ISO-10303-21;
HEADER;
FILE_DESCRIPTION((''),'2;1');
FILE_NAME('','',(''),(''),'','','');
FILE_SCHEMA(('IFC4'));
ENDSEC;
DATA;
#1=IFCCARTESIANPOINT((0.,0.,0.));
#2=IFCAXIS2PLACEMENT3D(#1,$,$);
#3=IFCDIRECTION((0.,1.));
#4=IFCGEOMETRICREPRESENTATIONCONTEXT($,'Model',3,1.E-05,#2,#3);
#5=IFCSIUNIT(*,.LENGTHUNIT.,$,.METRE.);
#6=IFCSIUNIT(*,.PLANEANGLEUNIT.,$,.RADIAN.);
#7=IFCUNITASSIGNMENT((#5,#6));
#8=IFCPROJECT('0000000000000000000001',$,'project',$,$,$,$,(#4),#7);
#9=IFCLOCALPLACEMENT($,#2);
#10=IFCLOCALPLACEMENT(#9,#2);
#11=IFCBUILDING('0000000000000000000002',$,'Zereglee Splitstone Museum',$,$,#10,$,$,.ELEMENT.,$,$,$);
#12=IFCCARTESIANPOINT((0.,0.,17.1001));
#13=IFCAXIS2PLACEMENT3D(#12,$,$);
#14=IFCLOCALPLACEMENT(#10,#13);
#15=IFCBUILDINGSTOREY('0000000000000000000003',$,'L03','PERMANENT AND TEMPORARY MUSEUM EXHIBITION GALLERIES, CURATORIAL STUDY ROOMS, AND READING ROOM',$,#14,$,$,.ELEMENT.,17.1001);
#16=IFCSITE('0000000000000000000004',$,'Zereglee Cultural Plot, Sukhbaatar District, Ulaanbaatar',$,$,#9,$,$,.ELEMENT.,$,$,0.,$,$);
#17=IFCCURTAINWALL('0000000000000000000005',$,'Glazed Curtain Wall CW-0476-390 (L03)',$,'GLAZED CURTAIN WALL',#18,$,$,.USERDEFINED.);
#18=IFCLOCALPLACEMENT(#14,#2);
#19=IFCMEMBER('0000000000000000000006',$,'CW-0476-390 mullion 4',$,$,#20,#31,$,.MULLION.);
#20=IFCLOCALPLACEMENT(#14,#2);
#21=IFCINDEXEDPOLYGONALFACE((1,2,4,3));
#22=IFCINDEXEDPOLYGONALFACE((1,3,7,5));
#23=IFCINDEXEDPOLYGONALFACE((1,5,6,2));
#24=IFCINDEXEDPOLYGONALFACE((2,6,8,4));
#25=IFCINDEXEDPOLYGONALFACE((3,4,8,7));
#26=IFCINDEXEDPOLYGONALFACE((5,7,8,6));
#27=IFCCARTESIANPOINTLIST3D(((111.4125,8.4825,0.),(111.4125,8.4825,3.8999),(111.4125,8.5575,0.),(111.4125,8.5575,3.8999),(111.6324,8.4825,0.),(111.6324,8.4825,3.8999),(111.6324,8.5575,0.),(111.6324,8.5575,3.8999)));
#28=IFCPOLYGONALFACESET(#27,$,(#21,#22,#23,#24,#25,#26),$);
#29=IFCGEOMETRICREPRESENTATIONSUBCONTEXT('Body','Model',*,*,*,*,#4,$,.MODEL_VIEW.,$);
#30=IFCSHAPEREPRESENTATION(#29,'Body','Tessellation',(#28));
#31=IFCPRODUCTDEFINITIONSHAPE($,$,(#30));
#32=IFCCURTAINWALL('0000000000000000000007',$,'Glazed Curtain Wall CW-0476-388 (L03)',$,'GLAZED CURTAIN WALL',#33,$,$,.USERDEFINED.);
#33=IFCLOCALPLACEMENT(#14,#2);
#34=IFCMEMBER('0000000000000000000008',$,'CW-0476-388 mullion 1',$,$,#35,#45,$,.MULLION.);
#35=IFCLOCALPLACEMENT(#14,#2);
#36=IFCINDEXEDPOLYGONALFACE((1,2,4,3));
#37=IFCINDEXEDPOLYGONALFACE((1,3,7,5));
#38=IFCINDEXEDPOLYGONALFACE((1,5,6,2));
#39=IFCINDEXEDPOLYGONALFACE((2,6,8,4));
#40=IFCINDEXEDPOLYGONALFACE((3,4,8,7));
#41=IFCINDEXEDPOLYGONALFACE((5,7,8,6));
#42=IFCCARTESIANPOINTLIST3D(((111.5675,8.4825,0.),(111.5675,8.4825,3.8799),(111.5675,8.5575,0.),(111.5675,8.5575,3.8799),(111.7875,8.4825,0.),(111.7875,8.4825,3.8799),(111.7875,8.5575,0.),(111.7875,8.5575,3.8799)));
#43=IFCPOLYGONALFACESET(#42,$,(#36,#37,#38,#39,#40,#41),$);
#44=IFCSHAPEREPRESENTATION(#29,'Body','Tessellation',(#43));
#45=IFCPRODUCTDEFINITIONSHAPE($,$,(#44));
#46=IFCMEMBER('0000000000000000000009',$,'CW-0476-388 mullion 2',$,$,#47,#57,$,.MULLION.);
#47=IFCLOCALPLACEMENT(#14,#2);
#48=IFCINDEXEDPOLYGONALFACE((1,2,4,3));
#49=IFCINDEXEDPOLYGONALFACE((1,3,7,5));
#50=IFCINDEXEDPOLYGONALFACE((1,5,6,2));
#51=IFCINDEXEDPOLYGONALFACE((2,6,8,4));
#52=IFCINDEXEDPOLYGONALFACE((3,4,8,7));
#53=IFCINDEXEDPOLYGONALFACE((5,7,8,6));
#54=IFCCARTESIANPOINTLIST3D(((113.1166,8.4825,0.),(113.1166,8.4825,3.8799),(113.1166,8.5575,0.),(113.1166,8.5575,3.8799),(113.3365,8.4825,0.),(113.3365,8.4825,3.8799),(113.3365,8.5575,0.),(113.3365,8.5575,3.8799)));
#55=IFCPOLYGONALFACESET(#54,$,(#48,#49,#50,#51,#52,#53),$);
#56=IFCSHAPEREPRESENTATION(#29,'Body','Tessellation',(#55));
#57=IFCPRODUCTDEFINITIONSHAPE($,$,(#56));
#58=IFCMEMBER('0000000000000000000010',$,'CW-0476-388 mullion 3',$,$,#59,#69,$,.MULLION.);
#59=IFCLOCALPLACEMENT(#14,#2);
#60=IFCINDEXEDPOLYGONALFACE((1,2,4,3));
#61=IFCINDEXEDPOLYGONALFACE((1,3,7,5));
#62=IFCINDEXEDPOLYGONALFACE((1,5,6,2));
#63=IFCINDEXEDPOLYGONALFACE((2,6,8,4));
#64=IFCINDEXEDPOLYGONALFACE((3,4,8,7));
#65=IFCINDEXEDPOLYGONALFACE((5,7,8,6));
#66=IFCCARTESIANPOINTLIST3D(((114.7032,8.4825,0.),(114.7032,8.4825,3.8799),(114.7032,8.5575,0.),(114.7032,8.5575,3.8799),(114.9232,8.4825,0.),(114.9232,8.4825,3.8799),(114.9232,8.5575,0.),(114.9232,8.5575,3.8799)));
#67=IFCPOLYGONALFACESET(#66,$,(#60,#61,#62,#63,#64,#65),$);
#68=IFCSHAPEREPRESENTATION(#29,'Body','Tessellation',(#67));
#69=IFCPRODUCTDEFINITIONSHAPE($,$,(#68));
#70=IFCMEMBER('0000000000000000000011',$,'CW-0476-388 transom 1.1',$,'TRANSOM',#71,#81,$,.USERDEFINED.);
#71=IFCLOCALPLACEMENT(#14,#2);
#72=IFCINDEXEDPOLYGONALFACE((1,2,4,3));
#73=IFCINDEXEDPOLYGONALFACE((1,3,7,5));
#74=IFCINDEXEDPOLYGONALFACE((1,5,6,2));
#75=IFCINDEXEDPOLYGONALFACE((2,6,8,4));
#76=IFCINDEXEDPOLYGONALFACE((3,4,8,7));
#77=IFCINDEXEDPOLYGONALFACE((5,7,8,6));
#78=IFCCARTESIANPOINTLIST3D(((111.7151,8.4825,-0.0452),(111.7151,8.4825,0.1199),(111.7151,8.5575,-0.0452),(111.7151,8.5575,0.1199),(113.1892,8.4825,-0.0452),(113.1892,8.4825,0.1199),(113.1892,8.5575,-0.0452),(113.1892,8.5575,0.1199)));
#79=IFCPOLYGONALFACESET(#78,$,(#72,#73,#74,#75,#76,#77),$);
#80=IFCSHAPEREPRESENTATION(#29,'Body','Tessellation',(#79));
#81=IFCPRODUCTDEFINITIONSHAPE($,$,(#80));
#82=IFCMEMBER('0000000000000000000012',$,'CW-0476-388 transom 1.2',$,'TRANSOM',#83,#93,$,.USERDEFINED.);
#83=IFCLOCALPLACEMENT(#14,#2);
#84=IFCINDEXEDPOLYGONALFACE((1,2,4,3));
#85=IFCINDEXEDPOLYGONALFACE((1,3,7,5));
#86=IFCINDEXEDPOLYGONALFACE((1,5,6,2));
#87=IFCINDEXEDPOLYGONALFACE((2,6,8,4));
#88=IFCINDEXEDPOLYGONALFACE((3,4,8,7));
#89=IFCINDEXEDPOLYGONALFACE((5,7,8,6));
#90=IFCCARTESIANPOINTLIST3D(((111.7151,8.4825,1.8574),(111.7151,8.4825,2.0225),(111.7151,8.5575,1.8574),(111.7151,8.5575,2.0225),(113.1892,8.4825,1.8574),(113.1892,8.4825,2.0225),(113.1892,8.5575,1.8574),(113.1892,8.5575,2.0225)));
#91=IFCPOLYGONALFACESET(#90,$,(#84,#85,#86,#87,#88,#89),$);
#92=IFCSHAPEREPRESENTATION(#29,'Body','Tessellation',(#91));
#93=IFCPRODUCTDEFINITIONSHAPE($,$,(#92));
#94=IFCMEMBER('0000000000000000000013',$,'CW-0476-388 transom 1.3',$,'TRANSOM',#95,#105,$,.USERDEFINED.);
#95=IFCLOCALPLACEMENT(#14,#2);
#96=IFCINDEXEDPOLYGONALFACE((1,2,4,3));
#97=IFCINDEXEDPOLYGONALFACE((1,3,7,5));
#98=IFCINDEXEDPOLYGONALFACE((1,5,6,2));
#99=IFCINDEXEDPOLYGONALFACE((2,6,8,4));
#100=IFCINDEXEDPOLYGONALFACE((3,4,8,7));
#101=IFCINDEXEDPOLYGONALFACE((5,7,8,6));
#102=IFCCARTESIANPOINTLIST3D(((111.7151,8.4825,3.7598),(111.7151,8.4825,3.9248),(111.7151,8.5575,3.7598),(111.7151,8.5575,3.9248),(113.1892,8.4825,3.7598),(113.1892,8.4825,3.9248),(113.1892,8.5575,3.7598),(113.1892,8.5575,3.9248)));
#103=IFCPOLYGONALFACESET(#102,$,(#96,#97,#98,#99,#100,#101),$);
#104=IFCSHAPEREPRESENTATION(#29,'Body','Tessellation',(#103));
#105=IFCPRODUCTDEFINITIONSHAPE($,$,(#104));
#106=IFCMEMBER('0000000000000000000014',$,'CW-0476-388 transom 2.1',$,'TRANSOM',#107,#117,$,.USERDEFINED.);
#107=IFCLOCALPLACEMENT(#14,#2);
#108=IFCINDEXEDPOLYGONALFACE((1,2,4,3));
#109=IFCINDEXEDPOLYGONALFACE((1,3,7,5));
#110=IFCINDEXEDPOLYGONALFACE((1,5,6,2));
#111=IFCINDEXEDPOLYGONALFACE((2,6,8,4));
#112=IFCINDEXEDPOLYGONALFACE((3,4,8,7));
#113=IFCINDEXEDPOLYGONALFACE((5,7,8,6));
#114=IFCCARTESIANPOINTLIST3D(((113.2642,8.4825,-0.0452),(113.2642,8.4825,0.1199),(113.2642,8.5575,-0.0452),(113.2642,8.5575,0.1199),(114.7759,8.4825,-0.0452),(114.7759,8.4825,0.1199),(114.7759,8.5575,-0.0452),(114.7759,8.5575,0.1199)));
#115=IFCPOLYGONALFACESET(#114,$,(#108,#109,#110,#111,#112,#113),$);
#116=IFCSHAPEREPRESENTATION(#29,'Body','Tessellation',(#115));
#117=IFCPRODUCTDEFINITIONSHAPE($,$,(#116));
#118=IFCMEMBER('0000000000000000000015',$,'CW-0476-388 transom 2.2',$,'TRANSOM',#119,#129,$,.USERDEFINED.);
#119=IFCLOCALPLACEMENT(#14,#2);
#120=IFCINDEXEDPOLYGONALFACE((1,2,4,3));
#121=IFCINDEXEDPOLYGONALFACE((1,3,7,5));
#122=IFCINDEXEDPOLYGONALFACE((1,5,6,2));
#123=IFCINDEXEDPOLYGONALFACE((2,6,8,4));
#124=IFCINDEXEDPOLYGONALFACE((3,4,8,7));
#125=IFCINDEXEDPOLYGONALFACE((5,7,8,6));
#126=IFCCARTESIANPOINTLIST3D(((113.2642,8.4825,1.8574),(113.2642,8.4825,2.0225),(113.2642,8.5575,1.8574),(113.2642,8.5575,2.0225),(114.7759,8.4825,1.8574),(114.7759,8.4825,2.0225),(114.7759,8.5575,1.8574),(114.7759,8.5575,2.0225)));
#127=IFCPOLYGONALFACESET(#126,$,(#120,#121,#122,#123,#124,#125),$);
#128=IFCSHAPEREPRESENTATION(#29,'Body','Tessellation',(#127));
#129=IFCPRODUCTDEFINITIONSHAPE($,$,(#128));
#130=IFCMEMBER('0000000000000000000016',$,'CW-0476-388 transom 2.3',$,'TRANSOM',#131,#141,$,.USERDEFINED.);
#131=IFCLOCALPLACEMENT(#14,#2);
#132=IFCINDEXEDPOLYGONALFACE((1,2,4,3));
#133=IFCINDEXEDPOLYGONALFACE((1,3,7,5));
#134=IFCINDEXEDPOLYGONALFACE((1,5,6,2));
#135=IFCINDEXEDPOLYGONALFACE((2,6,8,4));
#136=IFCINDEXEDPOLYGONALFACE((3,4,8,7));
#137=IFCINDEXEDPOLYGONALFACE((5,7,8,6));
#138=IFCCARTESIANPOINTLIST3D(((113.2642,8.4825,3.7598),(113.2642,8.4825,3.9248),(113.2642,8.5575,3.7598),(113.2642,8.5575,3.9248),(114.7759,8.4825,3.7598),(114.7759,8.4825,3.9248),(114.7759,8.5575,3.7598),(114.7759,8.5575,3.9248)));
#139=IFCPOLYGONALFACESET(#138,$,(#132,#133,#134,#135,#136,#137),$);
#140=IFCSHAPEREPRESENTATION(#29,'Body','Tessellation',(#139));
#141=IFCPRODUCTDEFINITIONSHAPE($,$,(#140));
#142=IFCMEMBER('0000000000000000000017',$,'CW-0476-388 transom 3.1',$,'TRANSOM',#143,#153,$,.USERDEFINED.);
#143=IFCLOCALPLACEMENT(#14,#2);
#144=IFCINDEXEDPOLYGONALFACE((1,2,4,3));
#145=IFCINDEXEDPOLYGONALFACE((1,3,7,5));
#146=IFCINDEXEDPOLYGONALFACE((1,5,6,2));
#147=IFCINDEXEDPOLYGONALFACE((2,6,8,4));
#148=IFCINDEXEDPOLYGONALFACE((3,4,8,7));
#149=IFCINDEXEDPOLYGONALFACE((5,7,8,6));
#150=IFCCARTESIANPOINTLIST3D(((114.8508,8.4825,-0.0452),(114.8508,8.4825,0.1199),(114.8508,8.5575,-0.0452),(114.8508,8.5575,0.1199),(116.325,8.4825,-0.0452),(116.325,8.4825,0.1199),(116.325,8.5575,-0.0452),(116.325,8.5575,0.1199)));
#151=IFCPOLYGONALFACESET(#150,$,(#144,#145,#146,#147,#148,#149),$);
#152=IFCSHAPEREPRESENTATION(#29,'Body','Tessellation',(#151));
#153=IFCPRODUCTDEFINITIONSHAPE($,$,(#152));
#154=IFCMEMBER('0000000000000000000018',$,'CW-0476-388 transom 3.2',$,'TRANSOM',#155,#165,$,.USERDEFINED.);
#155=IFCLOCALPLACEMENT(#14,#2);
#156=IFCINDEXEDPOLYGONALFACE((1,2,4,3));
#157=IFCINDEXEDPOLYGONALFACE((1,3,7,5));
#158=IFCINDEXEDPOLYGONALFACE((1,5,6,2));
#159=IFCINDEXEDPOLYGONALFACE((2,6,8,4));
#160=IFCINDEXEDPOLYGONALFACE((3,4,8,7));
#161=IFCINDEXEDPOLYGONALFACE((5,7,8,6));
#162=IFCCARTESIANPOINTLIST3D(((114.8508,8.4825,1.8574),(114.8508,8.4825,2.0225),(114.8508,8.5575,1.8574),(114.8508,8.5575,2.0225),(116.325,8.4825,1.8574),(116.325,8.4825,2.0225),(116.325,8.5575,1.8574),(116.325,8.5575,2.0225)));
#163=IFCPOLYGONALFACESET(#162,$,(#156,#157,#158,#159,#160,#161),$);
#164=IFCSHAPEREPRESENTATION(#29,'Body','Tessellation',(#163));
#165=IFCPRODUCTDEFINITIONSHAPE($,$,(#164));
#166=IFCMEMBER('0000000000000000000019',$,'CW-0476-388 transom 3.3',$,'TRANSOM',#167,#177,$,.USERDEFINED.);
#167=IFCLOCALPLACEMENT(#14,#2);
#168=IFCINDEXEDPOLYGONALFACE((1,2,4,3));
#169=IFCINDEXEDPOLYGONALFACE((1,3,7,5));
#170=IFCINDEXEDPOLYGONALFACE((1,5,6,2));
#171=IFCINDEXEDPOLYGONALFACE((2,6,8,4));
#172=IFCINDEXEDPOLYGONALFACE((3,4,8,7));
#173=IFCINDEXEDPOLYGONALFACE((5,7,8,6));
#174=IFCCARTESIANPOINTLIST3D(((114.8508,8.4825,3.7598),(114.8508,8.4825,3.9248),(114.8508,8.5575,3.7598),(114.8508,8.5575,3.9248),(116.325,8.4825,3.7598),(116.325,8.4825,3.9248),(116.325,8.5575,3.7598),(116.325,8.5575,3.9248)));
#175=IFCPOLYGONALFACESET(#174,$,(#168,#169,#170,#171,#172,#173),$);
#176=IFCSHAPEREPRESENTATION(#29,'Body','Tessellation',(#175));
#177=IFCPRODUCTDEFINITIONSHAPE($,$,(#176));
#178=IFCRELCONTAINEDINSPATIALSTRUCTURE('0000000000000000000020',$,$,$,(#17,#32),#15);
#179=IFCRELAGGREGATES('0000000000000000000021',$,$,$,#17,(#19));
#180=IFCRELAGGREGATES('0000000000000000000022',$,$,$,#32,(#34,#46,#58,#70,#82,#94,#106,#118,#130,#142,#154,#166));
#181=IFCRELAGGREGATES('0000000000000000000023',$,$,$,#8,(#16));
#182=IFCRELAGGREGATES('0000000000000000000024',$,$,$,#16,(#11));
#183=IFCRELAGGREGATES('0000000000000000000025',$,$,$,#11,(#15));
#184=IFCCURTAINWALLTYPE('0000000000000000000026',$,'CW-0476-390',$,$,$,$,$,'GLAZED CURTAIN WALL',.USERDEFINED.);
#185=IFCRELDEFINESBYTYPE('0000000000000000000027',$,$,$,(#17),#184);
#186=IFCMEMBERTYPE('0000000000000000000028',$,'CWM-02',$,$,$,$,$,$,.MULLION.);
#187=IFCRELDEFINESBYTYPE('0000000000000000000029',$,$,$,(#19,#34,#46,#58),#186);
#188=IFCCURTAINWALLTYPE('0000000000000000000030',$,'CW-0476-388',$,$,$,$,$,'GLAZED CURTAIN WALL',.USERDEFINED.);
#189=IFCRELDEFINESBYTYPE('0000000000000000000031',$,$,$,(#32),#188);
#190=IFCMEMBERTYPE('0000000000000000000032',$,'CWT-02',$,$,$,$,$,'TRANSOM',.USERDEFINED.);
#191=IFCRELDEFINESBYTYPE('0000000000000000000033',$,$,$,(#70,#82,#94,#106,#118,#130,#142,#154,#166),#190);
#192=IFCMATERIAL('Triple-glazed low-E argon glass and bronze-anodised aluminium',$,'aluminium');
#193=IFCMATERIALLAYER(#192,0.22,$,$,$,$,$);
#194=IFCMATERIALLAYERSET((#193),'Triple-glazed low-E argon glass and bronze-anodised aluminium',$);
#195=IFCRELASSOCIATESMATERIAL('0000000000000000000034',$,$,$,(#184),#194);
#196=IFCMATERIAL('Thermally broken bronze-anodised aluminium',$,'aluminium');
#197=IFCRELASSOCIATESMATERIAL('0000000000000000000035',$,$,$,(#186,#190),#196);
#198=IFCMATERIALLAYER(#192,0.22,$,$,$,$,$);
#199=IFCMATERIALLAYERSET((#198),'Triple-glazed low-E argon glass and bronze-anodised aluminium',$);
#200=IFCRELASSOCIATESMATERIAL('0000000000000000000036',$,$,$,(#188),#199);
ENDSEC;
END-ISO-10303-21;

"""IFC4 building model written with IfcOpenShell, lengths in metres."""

from ifc_helpers import new_model, si_unit, direction, frame, origin, origin_2d, place, context, subcontext, project, spatial, rectangle, extrude, material, layer, layer_set, material_profile, profile_set, type_object, element, aggregate, save


model = new_model("IFC4")

# Units and contexts
model_context = context("Model", 3, precision=1e-05, world=origin(), true_north=direction((0.0, 1.0)))
body_context = subcontext(model_context, "Body", "Model", "MODEL_VIEW")
ifc_project = project(units=[si_unit("LENGTHUNIT", "METRE"), si_unit("PLANEANGLEUNIT", "RADIAN")], contexts=[model_context])

# Site, building, storey
site_placement = place(None, origin())
site = spatial("IfcSite", under=ifc_project, at=site_placement, Name="Zereglee Cultural Plot, Sukhbaatar District, Ulaanbaatar", CompositionType="ELEMENT", RefElevation=0.0)
building_placement = place(site_placement, origin())
building = spatial("IfcBuilding", under=site, at=building_placement, Name="Zereglee Splitstone Museum", CompositionType="ELEMENT")
storey_placement = place(building_placement, frame((0.0, 0.0, 17.1001)))
storey = spatial("IfcBuildingStorey", under=building, at=storey_placement, Name="L03", Description="PERMANENT AND TEMPORARY MUSEUM EXHIBITION GALLERIES, CURATORIAL STUDY ROOMS, AND READING ROOM", CompositionType="ELEMENT", Elevation=17.1001)

# Curtain wall, member
ifc_material_1 = material(Name="Triple-glazed low-E argon glass and bronze-anodised aluminium", Category="aluminium")
ifc_layer_1 = layer(ifc_material_1, 0.22)
ifc_layer_set_1 = layer_set([ifc_layer_1], Name="Triple-glazed low-E argon glass and bronze-anodised aluminium")
curtain_wall_type_1 = type_object("IfcCurtainWallType", Name="CW-0476-390", ElementType="GLAZED CURTAIN WALL", PredefinedType="USERDEFINED", material=ifc_layer_set_1)
curtain_wall_1_placement = place(storey_placement, origin())
curtain_wall_1 = element("IfcCurtainWall", 1, at=curtain_wall_1_placement, inside=storey, type_object=curtain_wall_type_1, Name="Glazed Curtain Wall CW-0476-390 (L03)", ObjectType="GLAZED CURTAIN WALL", PredefinedType="USERDEFINED")
ifc_material_2 = material(Name="Thermally broken bronze-anodised aluminium", Category="aluminium")
ifc_material_profile_1 = material_profile(ifc_material_2, rectangle(XDim=0.075, YDim=0.22, at=origin_2d()), Name="CW MULL 75x220")
ifc_profile_set_1 = profile_set([ifc_material_profile_1], Name="Thermally broken bronze-anodised aluminium")
member_type_1 = type_object("IfcMemberType", Name="CWM-02", PredefinedType="MULLION", material=ifc_profile_set_1)
member_1_placement = place(storey_placement, frame((111.5225, 8.52, 0.0), z_axis=(0.0, 0.0, 1.0), x_axis=(0.0, 1.0, 0.0)))
member_1 = element("IfcMember", 2, at=member_1_placement, type_object=member_type_1, Name="CW-0476-390 mullion 4", PredefinedType="MULLION", context=body_context, shape_type="SweptSolid", body=[
    extrude(rectangle(XDim=0.075, YDim=0.22, at=origin_2d()), origin(), (0.0, 0.0, 1.0), 3.8999),
])

# Curtain wall, members
ifc_layer_2 = layer(ifc_material_1, 0.22)
ifc_layer_set_2 = layer_set([ifc_layer_2], Name="Triple-glazed low-E argon glass and bronze-anodised aluminium")
curtain_wall_type_2 = type_object("IfcCurtainWallType", Name="CW-0476-388", ElementType="GLAZED CURTAIN WALL", PredefinedType="USERDEFINED", material=ifc_layer_set_2)
curtain_wall_2_placement = place(storey_placement, origin())
curtain_wall_2 = element("IfcCurtainWall", 3, at=curtain_wall_2_placement, inside=storey, type_object=curtain_wall_type_2, Name="Glazed Curtain Wall CW-0476-388 (L03)", ObjectType="GLAZED CURTAIN WALL", PredefinedType="USERDEFINED")
member_2_placement = place(storey_placement, frame((111.6775, 8.52, 0.0), z_axis=(0.0, 0.0, 1.0), x_axis=(0.0, 1.0, 0.0)))
member_2 = element("IfcMember", 4, at=member_2_placement, type_object=member_type_1, Name="CW-0476-388 mullion 1", PredefinedType="MULLION", context=body_context, shape_type="SweptSolid", body=[
    extrude(rectangle(XDim=0.075, YDim=0.22, at=origin_2d()), origin(), (0.0, 0.0, 1.0), 3.8799),
])
member_3_placement = place(storey_placement, frame((113.2266, 8.52, 0.0), z_axis=(0.0, 0.0, 1.0), x_axis=(0.0, 1.0, 0.0)))
member_3 = element("IfcMember", 5, at=member_3_placement, type_object=member_type_1, Name="CW-0476-388 mullion 2", PredefinedType="MULLION", context=body_context, shape_type="SweptSolid", body=[
    extrude(rectangle(XDim=0.075, YDim=0.22, at=origin_2d()), origin(), (0.0, 0.0, 1.0), 3.8799),
])
member_4_placement = place(storey_placement, frame((114.8132, 8.52, 0.0), z_axis=(0.0, 0.0, 1.0), x_axis=(0.0, 1.0, 0.0)))
member_4 = element("IfcMember", 6, at=member_4_placement, type_object=member_type_1, Name="CW-0476-388 mullion 3", PredefinedType="MULLION", context=body_context, shape_type="SweptSolid", body=[
    extrude(rectangle(XDim=0.075, YDim=0.22, at=origin_2d()), origin(), (0.0, 0.0, 1.0), 3.8799),
])
ifc_material_profile_2 = material_profile(ifc_material_2, rectangle(XDim=0.075, YDim=0.165, at=origin_2d()), Name="CW TRAN 75x165")
ifc_profile_set_2 = profile_set([ifc_material_profile_2], Name="Thermally broken bronze-anodised aluminium")
member_type_2 = type_object("IfcMemberType", Name="CWT-02", ElementType="TRANSOM", PredefinedType="USERDEFINED", material=ifc_profile_set_2)
member_5_placement = place(storey_placement, frame((111.7151, 8.52, 0.0374), z_axis=(1.0, 0.0, 0.0), x_axis=(0.0, 1.0, 0.0)))
member_5 = element("IfcMember", 7, at=member_5_placement, type_object=member_type_2, Name="CW-0476-388 transom 1.1", ObjectType="TRANSOM", PredefinedType="USERDEFINED", context=body_context, shape_type="SweptSolid", body=[
    extrude(rectangle(XDim=0.075, YDim=0.165, at=origin_2d()), origin(), (0.0, 0.0, 1.0), 1.4741),
])
member_6_placement = place(storey_placement, frame((111.7151, 8.52, 1.9399), z_axis=(1.0, 0.0, 0.0), x_axis=(0.0, 1.0, 0.0)))
member_6 = element("IfcMember", 8, at=member_6_placement, type_object=member_type_2, Name="CW-0476-388 transom 1.2", ObjectType="TRANSOM", PredefinedType="USERDEFINED", context=body_context, shape_type="SweptSolid", body=[
    extrude(rectangle(XDim=0.075, YDim=0.165, at=origin_2d()), origin(), (0.0, 0.0, 1.0), 1.4741),
])
member_7_placement = place(storey_placement, frame((111.7151, 8.52, 3.8423), z_axis=(1.0, 0.0, 0.0), x_axis=(0.0, 1.0, 0.0)))
member_7 = element("IfcMember", 9, at=member_7_placement, type_object=member_type_2, Name="CW-0476-388 transom 1.3", ObjectType="TRANSOM", PredefinedType="USERDEFINED", context=body_context, shape_type="SweptSolid", body=[
    extrude(rectangle(XDim=0.075, YDim=0.165, at=origin_2d()), origin(), (0.0, 0.0, 1.0), 1.4741),
])
member_8_placement = place(storey_placement, frame((113.2642, 8.52, 0.0374), z_axis=(1.0, 0.0, 0.0), x_axis=(0.0, 1.0, 0.0)))
member_8 = element("IfcMember", 10, at=member_8_placement, type_object=member_type_2, Name="CW-0476-388 transom 2.1", ObjectType="TRANSOM", PredefinedType="USERDEFINED", context=body_context, shape_type="SweptSolid", body=[
    extrude(rectangle(XDim=0.075, YDim=0.165, at=origin_2d()), origin(), (0.0, 0.0, 1.0), 1.5117),
])
member_9_placement = place(storey_placement, frame((113.2642, 8.52, 1.9399), z_axis=(1.0, 0.0, 0.0), x_axis=(0.0, 1.0, 0.0)))
member_9 = element("IfcMember", 11, at=member_9_placement, type_object=member_type_2, Name="CW-0476-388 transom 2.2", ObjectType="TRANSOM", PredefinedType="USERDEFINED", context=body_context, shape_type="SweptSolid", body=[
    extrude(rectangle(XDim=0.075, YDim=0.165, at=origin_2d()), origin(), (0.0, 0.0, 1.0), 1.5117),
])
member_10_placement = place(storey_placement, frame((113.2642, 8.52, 3.8423), z_axis=(1.0, 0.0, 0.0), x_axis=(0.0, 1.0, 0.0)))
member_10 = element("IfcMember", 12, at=member_10_placement, type_object=member_type_2, Name="CW-0476-388 transom 2.3", ObjectType="TRANSOM", PredefinedType="USERDEFINED", context=body_context, shape_type="SweptSolid", body=[
    extrude(rectangle(XDim=0.075, YDim=0.165, at=origin_2d()), origin(), (0.0, 0.0, 1.0), 1.5117),
])
member_11_placement = place(storey_placement, frame((114.8508, 8.52, 0.0374), z_axis=(1.0, 0.0, 0.0), x_axis=(0.0, 1.0, 0.0)))
member_11 = element("IfcMember", 13, at=member_11_placement, type_object=member_type_2, Name="CW-0476-388 transom 3.1", ObjectType="TRANSOM", PredefinedType="USERDEFINED", context=body_context, shape_type="SweptSolid", body=[
    extrude(rectangle(XDim=0.075, YDim=0.165, at=origin_2d()), origin(), (0.0, 0.0, 1.0), 1.4741),
])
member_12_placement = place(storey_placement, frame((114.8508, 8.52, 1.9399), z_axis=(1.0, 0.0, 0.0), x_axis=(0.0, 1.0, 0.0)))
member_12 = element("IfcMember", 14, at=member_12_placement, type_object=member_type_2, Name="CW-0476-388 transom 3.2", ObjectType="TRANSOM", PredefinedType="USERDEFINED", context=body_context, shape_type="SweptSolid", body=[
    extrude(rectangle(XDim=0.075, YDim=0.165, at=origin_2d()), origin(), (0.0, 0.0, 1.0), 1.4741),
])
member_13_placement = place(storey_placement, frame((114.8508, 8.52, 3.8423), z_axis=(1.0, 0.0, 0.0), x_axis=(0.0, 1.0, 0.0)))
member_13 = element("IfcMember", 15, at=member_13_placement, type_object=member_type_2, Name="CW-0476-388 transom 3.3", ObjectType="TRANSOM", PredefinedType="USERDEFINED", context=body_context, shape_type="SweptSolid", body=[
    extrude(rectangle(XDim=0.075, YDim=0.165, at=origin_2d()), origin(), (0.0, 0.0, 1.0), 1.4741),
])

aggregate(curtain_wall_1, [member_1])
aggregate(curtain_wall_2, [member_2, member_3, member_4, member_5, member_6, member_7, member_8, member_9, member_10, member_11, member_12, member_13])

save(model, "model.ifc")
